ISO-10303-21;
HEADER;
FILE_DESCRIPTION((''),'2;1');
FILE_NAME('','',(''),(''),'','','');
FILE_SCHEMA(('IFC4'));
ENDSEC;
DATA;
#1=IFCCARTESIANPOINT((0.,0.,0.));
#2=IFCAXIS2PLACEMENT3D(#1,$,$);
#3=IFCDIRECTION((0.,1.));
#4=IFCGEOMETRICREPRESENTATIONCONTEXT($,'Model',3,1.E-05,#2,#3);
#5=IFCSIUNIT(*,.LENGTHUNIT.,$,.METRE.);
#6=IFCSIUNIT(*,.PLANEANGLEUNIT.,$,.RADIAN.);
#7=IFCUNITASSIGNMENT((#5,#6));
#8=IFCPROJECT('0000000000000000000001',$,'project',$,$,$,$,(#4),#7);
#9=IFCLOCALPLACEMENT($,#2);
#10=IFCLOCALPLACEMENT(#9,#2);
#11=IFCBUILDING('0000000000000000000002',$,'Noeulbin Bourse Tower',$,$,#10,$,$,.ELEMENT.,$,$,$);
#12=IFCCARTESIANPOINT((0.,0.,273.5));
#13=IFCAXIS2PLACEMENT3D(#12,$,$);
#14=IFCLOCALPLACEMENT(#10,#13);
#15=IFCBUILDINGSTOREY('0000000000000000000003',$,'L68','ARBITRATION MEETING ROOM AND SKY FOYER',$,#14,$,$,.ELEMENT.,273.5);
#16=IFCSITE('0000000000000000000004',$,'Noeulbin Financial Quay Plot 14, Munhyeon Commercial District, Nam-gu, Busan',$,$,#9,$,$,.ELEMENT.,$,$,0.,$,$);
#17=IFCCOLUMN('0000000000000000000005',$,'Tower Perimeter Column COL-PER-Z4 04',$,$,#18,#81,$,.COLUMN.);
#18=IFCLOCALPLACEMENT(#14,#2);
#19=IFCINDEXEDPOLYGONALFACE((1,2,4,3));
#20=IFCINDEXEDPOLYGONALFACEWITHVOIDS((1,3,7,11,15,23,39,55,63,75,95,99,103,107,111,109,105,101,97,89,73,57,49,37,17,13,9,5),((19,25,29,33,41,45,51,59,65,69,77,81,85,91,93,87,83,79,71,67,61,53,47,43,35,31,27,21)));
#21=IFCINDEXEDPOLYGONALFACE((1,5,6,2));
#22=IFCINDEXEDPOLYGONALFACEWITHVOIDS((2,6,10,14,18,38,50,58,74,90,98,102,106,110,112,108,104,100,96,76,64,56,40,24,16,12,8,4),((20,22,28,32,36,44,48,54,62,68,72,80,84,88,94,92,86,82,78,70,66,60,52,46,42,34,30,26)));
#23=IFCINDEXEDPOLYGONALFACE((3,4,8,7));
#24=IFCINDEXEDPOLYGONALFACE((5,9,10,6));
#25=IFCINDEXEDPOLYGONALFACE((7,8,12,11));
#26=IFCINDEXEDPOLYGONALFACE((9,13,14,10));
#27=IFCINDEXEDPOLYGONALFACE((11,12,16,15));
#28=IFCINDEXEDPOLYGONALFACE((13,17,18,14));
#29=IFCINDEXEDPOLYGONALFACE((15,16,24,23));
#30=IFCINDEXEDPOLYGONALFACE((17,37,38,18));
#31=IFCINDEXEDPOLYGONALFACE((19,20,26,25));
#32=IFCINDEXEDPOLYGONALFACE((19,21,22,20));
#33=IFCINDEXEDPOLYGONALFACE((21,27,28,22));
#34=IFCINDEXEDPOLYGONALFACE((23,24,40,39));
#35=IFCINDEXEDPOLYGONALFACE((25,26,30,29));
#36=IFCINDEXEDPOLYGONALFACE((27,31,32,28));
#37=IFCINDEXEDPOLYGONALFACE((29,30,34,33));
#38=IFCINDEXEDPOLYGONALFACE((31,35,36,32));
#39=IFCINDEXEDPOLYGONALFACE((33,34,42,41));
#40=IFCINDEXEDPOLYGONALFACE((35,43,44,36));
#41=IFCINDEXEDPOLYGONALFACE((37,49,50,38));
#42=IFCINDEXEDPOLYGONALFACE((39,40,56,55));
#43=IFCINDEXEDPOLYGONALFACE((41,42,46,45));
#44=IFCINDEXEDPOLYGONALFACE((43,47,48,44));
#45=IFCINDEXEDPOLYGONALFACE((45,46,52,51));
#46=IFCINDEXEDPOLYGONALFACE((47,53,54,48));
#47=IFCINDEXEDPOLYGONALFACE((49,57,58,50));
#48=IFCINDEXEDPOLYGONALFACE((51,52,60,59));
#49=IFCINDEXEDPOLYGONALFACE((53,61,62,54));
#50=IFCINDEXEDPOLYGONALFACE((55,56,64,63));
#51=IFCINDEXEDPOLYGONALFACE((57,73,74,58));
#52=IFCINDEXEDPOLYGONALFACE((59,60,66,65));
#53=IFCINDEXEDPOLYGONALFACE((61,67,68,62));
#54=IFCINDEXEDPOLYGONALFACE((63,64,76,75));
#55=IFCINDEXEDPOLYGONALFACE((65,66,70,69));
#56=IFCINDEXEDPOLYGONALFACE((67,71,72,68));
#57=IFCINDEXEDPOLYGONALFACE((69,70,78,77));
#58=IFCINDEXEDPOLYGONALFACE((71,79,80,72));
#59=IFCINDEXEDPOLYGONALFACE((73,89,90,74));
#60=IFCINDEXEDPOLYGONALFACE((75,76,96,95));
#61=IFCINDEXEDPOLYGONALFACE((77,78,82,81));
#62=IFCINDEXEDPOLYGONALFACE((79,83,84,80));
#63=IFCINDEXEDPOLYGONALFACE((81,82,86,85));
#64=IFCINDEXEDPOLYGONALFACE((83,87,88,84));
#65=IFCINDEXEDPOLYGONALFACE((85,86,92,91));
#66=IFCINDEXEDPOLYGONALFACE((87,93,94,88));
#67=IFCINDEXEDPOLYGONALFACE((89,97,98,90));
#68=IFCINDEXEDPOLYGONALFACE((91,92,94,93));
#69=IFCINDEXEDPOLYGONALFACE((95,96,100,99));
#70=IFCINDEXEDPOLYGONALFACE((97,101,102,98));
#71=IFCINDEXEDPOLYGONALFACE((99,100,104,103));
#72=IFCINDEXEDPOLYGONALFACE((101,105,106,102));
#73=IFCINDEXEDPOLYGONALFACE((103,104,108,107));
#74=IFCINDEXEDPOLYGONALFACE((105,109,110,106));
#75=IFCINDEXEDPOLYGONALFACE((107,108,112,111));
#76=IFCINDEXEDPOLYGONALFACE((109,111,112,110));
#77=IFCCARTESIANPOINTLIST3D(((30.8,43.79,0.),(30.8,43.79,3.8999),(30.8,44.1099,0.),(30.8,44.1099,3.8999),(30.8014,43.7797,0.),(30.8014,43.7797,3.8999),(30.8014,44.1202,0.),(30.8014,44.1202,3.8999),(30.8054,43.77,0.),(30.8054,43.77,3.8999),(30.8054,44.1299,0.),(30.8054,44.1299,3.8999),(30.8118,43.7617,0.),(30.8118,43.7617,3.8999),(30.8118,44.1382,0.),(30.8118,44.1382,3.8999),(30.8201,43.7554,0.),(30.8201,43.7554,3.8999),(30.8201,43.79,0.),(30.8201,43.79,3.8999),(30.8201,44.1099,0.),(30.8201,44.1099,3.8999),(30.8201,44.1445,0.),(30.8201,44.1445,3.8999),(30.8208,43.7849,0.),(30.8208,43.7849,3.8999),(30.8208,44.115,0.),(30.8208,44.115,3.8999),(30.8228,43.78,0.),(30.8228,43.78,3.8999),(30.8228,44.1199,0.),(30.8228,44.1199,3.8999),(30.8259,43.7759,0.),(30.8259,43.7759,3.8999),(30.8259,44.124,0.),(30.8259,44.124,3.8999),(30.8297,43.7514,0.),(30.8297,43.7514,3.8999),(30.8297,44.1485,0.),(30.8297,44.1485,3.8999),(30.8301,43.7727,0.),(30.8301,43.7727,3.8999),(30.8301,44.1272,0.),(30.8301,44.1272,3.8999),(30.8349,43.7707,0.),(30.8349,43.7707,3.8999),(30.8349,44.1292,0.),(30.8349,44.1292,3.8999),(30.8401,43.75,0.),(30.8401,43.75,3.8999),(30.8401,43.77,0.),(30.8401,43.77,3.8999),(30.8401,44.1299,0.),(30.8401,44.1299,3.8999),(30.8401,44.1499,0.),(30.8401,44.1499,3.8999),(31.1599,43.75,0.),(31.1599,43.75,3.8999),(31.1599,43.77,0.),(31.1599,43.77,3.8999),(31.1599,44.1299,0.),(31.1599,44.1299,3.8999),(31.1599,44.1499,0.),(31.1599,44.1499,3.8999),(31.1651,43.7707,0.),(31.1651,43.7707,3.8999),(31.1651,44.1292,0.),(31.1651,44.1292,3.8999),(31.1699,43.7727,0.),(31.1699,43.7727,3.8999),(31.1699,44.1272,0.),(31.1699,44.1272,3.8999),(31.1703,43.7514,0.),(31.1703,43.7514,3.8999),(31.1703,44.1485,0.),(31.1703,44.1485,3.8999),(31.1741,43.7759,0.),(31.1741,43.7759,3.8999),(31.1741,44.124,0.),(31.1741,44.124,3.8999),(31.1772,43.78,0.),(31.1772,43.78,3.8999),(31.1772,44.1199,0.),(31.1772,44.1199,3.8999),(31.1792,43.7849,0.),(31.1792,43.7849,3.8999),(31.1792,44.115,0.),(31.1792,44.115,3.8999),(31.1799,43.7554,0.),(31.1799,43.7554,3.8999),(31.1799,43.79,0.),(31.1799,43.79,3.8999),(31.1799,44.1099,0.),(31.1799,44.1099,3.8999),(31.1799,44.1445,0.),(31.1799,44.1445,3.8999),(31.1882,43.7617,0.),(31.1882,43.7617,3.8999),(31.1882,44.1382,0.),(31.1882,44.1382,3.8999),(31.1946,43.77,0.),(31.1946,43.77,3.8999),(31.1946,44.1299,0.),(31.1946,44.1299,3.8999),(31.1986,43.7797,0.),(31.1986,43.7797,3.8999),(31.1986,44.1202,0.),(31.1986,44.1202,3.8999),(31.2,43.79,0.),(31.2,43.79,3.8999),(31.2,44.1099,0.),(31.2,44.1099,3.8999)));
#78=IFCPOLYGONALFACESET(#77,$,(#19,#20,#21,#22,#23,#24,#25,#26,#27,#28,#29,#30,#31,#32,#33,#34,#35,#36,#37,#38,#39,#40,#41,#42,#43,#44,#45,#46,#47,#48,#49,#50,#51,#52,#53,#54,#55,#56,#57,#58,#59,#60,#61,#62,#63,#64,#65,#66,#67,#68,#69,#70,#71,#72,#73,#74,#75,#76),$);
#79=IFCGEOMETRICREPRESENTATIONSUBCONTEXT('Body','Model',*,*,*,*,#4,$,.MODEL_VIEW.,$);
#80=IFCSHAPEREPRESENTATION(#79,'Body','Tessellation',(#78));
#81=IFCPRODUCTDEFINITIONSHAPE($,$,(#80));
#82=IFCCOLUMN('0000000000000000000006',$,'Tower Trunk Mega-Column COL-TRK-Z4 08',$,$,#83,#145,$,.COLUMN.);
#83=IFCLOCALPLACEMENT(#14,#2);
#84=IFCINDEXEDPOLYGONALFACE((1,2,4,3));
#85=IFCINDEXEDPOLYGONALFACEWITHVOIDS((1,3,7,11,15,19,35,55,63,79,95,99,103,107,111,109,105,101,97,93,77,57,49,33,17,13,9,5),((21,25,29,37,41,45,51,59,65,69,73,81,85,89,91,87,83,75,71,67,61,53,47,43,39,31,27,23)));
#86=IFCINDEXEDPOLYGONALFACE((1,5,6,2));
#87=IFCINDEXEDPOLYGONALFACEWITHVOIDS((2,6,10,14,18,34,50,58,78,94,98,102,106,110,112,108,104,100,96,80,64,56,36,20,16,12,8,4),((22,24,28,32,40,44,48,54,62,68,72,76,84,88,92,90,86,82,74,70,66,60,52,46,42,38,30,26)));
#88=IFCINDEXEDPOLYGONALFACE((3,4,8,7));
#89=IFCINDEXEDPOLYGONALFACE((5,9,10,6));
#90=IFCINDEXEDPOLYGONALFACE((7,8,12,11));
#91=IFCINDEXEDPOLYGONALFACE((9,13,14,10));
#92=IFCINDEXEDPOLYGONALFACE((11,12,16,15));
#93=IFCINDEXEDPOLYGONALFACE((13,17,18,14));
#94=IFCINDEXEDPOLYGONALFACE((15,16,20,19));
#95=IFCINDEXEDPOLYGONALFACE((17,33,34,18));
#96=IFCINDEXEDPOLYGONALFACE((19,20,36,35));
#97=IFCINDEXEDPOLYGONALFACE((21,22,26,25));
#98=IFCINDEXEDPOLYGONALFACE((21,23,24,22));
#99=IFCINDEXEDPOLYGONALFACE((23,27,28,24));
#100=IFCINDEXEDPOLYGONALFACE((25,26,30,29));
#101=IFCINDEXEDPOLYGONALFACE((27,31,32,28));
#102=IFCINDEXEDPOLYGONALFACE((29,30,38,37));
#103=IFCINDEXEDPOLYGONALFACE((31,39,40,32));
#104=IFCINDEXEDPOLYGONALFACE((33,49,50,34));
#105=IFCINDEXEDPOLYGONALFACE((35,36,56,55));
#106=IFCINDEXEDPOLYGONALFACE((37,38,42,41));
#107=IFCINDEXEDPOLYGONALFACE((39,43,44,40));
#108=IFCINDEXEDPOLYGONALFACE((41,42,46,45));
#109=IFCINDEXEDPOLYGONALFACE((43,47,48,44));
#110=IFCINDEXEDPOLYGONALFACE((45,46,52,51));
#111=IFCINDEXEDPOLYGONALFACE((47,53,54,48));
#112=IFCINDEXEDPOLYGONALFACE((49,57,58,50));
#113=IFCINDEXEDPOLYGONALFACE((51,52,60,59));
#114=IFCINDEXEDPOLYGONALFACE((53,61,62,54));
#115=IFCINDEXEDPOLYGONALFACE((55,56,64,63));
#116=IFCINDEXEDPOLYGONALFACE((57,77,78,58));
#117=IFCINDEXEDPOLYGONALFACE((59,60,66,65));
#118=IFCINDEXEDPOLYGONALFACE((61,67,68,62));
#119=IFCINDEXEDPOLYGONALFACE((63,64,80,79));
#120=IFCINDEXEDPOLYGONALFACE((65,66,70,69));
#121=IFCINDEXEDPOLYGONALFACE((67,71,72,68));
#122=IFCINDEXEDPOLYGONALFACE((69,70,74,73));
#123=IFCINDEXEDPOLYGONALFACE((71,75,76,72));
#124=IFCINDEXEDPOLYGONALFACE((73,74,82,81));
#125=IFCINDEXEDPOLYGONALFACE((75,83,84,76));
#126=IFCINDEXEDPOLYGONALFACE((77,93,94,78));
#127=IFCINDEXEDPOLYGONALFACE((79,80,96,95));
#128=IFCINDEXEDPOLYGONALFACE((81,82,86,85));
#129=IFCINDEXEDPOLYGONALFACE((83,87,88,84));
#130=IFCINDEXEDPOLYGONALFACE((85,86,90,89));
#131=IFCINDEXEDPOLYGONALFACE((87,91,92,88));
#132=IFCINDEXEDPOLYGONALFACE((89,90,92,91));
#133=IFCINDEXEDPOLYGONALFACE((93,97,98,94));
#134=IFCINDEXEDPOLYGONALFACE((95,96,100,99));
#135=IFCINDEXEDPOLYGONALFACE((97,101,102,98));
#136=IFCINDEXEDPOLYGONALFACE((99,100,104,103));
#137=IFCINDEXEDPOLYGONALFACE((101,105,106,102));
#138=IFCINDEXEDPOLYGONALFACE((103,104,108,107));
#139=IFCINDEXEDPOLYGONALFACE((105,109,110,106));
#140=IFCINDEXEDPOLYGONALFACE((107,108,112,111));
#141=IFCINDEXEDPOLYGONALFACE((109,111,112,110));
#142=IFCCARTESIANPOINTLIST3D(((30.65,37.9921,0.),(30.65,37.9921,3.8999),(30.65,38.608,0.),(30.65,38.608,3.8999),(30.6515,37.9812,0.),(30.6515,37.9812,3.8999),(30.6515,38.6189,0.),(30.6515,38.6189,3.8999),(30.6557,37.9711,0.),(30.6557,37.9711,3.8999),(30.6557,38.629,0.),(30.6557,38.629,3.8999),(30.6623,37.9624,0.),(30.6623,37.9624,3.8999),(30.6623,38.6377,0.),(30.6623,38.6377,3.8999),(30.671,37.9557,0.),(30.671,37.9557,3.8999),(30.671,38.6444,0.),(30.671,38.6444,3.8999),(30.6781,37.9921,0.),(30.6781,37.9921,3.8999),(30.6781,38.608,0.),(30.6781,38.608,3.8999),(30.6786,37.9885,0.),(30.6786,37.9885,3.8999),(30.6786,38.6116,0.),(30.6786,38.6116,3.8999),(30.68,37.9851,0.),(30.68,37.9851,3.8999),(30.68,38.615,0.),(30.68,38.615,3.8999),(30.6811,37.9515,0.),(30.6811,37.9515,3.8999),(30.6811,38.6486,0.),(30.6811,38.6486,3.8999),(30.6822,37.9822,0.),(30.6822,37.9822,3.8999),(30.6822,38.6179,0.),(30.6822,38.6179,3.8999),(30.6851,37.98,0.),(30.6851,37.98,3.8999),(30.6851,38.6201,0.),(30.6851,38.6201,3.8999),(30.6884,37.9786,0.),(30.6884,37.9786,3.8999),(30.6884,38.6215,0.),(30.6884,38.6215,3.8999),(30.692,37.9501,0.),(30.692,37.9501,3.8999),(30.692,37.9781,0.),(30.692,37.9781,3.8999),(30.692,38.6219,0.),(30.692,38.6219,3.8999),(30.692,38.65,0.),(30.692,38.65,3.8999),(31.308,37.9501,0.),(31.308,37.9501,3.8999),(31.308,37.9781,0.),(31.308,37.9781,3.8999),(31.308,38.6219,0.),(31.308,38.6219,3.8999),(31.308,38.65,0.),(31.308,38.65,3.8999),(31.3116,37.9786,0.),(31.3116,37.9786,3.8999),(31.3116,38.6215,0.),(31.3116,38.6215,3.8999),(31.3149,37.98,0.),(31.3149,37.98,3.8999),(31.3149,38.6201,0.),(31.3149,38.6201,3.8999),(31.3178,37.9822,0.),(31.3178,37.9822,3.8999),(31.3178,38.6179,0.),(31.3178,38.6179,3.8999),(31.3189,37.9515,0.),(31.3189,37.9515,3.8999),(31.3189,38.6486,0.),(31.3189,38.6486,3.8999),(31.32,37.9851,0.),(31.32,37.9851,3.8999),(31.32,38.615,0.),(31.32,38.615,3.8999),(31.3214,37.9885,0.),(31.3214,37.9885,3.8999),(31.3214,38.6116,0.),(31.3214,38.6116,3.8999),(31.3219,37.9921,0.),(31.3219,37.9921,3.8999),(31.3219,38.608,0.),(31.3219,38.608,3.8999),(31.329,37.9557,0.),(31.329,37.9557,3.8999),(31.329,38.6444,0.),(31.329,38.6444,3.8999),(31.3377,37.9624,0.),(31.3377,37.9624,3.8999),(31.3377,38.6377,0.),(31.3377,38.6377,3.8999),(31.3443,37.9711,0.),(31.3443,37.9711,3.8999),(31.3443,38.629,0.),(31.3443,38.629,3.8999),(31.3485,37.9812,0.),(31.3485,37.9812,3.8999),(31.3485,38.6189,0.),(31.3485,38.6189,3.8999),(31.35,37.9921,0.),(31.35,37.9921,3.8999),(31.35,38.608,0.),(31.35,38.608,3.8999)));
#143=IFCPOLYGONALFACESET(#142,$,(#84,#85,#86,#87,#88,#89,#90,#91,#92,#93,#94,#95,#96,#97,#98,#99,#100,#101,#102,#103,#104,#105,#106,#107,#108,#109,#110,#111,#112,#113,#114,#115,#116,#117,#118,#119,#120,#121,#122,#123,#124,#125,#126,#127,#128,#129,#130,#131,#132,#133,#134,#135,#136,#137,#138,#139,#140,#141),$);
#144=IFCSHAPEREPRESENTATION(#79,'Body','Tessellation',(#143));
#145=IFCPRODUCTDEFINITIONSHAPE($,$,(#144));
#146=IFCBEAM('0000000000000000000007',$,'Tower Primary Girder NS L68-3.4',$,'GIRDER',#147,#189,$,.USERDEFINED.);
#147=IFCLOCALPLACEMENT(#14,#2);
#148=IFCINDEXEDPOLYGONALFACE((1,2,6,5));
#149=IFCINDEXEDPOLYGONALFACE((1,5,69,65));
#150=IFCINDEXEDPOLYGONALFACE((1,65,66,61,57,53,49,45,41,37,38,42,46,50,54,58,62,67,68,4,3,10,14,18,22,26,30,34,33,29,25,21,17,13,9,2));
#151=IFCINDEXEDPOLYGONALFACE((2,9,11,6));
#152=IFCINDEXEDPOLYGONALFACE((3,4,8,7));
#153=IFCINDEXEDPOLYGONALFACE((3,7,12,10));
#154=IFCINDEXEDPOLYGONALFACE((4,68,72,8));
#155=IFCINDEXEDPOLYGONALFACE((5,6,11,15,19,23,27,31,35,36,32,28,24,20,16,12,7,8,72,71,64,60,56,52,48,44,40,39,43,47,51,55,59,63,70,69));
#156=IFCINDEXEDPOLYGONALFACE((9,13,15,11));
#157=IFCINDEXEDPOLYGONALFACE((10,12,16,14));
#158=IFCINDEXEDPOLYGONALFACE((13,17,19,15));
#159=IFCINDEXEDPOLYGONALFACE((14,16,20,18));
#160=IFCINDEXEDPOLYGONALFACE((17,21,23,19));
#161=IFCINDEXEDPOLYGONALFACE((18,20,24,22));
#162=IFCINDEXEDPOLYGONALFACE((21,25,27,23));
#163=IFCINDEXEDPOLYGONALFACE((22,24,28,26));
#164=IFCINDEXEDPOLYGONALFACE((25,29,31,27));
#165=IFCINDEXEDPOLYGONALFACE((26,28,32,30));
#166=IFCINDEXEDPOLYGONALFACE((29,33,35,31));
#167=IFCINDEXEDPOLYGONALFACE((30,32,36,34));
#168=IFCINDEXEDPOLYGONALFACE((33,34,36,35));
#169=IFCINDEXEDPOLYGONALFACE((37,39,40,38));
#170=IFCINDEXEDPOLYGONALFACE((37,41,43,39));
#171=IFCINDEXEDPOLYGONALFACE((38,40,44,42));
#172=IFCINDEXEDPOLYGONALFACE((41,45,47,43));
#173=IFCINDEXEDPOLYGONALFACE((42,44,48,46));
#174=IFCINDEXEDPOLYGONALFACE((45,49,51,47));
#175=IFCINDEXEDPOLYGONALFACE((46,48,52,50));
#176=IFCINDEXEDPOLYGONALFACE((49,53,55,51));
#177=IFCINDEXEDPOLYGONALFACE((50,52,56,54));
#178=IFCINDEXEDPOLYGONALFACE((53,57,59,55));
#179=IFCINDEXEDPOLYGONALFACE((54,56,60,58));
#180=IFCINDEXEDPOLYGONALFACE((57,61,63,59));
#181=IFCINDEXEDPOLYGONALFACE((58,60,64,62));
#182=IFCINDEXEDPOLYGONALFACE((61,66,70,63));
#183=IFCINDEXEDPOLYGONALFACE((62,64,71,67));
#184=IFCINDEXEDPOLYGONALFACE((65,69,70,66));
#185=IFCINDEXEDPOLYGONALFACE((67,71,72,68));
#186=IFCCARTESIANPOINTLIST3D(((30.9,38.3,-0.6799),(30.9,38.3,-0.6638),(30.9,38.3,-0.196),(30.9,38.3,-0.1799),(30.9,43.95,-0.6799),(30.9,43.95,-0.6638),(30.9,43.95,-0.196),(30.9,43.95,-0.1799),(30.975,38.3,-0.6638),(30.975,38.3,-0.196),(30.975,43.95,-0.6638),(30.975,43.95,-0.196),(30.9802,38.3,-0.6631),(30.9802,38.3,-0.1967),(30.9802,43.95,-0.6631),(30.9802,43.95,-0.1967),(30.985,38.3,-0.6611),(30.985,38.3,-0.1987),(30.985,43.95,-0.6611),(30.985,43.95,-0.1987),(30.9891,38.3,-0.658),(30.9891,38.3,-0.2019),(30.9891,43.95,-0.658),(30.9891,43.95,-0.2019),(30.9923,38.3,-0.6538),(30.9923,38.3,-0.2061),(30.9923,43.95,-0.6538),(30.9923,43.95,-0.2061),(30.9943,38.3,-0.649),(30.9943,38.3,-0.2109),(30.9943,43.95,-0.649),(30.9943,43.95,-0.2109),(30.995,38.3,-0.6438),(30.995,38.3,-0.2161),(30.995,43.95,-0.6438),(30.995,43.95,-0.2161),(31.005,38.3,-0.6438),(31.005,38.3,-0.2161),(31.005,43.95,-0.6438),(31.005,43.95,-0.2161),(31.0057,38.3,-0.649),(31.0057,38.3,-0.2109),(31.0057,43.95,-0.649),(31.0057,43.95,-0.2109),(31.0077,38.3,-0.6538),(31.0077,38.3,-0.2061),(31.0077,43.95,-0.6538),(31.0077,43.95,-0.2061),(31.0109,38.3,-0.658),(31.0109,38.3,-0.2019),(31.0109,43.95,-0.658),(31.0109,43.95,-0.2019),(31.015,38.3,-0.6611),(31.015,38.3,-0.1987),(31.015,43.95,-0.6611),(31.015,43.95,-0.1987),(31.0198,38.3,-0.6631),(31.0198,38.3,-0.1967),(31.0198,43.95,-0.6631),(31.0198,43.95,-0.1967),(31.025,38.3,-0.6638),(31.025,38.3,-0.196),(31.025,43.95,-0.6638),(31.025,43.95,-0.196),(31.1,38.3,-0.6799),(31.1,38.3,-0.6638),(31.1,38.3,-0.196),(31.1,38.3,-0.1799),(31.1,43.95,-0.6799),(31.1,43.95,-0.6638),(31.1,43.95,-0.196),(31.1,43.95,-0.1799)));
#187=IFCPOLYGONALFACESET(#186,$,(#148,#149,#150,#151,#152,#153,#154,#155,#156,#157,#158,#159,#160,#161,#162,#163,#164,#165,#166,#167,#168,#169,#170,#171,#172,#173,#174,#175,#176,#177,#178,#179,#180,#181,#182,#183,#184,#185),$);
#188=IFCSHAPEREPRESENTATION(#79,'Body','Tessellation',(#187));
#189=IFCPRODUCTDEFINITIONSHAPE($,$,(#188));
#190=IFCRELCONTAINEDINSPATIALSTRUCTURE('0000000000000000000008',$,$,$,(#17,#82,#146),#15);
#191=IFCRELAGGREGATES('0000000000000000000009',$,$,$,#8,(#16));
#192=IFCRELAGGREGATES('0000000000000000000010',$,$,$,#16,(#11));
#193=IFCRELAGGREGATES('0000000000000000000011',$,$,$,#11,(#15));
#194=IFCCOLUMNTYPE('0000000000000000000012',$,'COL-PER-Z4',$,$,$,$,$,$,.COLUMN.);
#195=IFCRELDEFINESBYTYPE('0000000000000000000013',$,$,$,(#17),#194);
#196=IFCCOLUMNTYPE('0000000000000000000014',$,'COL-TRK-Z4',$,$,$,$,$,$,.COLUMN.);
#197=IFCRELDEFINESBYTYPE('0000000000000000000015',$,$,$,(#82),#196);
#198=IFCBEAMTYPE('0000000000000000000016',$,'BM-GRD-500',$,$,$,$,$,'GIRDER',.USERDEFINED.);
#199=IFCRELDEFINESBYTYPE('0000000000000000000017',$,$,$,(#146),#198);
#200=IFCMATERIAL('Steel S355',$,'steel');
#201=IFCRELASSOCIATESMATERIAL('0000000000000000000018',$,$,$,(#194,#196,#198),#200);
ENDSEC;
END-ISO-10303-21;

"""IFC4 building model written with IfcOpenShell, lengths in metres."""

from ifc_helpers import new_model, si_unit, direction, frame, origin, origin_2d, place, context, subcontext, project, spatial, hollow_rectangle, i_section, extrude, material, material_profile, profile_set, type_object, element, save


model = new_model("IFC4")

# Units and contexts
model_context = context("Model", 3, precision=1e-05, world=origin(), true_north=direction((0.0, 1.0)))
body_context = subcontext(model_context, "Body", "Model", "MODEL_VIEW")
ifc_project = project(units=[si_unit("LENGTHUNIT", "METRE"), si_unit("PLANEANGLEUNIT", "RADIAN")], contexts=[model_context])

# Site, building, storey
site_placement = place(None, origin())
site = spatial("IfcSite", under=ifc_project, at=site_placement, Name="Noeulbin Financial Quay Plot 14, Munhyeon Commercial District, Nam-gu, Busan", CompositionType="ELEMENT", RefElevation=0.0)
building_placement = place(site_placement, origin())
building = spatial("IfcBuilding", under=site, at=building_placement, Name="Noeulbin Bourse Tower", CompositionType="ELEMENT")
storey_placement = place(building_placement, frame((0.0, 0.0, 273.5)))
storey = spatial("IfcBuildingStorey", under=building, at=storey_placement, Name="L68", Description="ARBITRATION MEETING ROOM AND SKY FOYER", CompositionType="ELEMENT", Elevation=273.5)

# Columns
ifc_material_1 = material(Name="Steel S355", Category="steel")
ifc_material_profile_1 = material_profile(ifc_material_1, hollow_rectangle(XDim=0.3999, YDim=0.3999, WallThickness=0.02, InnerFilletRadius=0.02, OuterFilletRadius=0.04, at=origin_2d()), Name="SHS-400x400x20", Category="LoadBearing")
ifc_profile_set_1 = profile_set([ifc_material_profile_1], Name="Steel S355")
column_type_1 = type_object("IfcColumnType", Name="COL-PER-Z4", PredefinedType="COLUMN", material=ifc_profile_set_1)
column_1_placement = place(storey_placement, frame((31.0, 43.95, 0.0), z_axis=(0.0, 0.0, 1.0), x_axis=(1.0, 0.0, 0.0)))
element("IfcColumn", 1, at=column_1_placement, inside=storey, type_object=column_type_1, Name="Tower Perimeter Column COL-PER-Z4 04", PredefinedType="COLUMN", context=body_context, shape_type="SweptSolid", body=[
    extrude(hollow_rectangle(XDim=0.3999, YDim=0.3999, WallThickness=0.02, InnerFilletRadius=0.02, OuterFilletRadius=0.04, at=origin_2d()), origin(), (0.0, 0.0, 1.0), 3.8999),
])
ifc_material_profile_2 = material_profile(ifc_material_1, hollow_rectangle(XDim=0.7, YDim=0.7, WallThickness=0.0281, InnerFilletRadius=0.0139, OuterFilletRadius=0.042, at=origin_2d()), Name="BOX-700x700x28", Category="LoadBearing")
ifc_profile_set_2 = profile_set([ifc_material_profile_2], Name="Steel S355")
column_type_2 = type_object("IfcColumnType", Name="COL-TRK-Z4", PredefinedType="COLUMN", material=ifc_profile_set_2)
column_2_placement = place(storey_placement, frame((31.0, 38.3, 0.0), z_axis=(0.0, 0.0, 1.0), x_axis=(1.0, 0.0, 0.0)))
element("IfcColumn", 2, at=column_2_placement, inside=storey, type_object=column_type_2, Name="Tower Trunk Mega-Column COL-TRK-Z4 08", PredefinedType="COLUMN", context=body_context, shape_type="SweptSolid", body=[
    extrude(hollow_rectangle(XDim=0.7, YDim=0.7, WallThickness=0.0281, InnerFilletRadius=0.0139, OuterFilletRadius=0.042, at=origin_2d()), origin(), (0.0, 0.0, 1.0), 3.8999),
])

# Beam
ifc_material_profile_3 = material_profile(ifc_material_1, i_section(OverallWidth=0.2, OverallDepth=0.5, WebThickness=0.01, FlangeThickness=0.0161, FilletRadius=0.02, at=origin_2d()), Name="H-500x200x10x16", Category="LoadBearing")
ifc_profile_set_3 = profile_set([ifc_material_profile_3], Name="Steel S355")
beam_type_1 = type_object("IfcBeamType", Name="BM-GRD-500", ElementType="GIRDER", PredefinedType="USERDEFINED", material=ifc_profile_set_3)
beam_1_placement = place(storey_placement, frame((31.0, 38.3, -0.4299), z_axis=(0.0, 1.0, 0.0), x_axis=(-1.0, 0.0, 0.0)))
element("IfcBeam", 3, at=beam_1_placement, inside=storey, type_object=beam_type_1, Name="Tower Primary Girder NS L68-3.4", ObjectType="GIRDER", PredefinedType="USERDEFINED", context=body_context, shape_type="SweptSolid", body=[
    extrude(i_section(OverallWidth=0.2, OverallDepth=0.5, WebThickness=0.01, FlangeThickness=0.0161, FilletRadius=0.02, at=origin_2d()), origin(), (0.0, 0.0, 1.0), 5.6499),
])

save(model, "model.ifc")
